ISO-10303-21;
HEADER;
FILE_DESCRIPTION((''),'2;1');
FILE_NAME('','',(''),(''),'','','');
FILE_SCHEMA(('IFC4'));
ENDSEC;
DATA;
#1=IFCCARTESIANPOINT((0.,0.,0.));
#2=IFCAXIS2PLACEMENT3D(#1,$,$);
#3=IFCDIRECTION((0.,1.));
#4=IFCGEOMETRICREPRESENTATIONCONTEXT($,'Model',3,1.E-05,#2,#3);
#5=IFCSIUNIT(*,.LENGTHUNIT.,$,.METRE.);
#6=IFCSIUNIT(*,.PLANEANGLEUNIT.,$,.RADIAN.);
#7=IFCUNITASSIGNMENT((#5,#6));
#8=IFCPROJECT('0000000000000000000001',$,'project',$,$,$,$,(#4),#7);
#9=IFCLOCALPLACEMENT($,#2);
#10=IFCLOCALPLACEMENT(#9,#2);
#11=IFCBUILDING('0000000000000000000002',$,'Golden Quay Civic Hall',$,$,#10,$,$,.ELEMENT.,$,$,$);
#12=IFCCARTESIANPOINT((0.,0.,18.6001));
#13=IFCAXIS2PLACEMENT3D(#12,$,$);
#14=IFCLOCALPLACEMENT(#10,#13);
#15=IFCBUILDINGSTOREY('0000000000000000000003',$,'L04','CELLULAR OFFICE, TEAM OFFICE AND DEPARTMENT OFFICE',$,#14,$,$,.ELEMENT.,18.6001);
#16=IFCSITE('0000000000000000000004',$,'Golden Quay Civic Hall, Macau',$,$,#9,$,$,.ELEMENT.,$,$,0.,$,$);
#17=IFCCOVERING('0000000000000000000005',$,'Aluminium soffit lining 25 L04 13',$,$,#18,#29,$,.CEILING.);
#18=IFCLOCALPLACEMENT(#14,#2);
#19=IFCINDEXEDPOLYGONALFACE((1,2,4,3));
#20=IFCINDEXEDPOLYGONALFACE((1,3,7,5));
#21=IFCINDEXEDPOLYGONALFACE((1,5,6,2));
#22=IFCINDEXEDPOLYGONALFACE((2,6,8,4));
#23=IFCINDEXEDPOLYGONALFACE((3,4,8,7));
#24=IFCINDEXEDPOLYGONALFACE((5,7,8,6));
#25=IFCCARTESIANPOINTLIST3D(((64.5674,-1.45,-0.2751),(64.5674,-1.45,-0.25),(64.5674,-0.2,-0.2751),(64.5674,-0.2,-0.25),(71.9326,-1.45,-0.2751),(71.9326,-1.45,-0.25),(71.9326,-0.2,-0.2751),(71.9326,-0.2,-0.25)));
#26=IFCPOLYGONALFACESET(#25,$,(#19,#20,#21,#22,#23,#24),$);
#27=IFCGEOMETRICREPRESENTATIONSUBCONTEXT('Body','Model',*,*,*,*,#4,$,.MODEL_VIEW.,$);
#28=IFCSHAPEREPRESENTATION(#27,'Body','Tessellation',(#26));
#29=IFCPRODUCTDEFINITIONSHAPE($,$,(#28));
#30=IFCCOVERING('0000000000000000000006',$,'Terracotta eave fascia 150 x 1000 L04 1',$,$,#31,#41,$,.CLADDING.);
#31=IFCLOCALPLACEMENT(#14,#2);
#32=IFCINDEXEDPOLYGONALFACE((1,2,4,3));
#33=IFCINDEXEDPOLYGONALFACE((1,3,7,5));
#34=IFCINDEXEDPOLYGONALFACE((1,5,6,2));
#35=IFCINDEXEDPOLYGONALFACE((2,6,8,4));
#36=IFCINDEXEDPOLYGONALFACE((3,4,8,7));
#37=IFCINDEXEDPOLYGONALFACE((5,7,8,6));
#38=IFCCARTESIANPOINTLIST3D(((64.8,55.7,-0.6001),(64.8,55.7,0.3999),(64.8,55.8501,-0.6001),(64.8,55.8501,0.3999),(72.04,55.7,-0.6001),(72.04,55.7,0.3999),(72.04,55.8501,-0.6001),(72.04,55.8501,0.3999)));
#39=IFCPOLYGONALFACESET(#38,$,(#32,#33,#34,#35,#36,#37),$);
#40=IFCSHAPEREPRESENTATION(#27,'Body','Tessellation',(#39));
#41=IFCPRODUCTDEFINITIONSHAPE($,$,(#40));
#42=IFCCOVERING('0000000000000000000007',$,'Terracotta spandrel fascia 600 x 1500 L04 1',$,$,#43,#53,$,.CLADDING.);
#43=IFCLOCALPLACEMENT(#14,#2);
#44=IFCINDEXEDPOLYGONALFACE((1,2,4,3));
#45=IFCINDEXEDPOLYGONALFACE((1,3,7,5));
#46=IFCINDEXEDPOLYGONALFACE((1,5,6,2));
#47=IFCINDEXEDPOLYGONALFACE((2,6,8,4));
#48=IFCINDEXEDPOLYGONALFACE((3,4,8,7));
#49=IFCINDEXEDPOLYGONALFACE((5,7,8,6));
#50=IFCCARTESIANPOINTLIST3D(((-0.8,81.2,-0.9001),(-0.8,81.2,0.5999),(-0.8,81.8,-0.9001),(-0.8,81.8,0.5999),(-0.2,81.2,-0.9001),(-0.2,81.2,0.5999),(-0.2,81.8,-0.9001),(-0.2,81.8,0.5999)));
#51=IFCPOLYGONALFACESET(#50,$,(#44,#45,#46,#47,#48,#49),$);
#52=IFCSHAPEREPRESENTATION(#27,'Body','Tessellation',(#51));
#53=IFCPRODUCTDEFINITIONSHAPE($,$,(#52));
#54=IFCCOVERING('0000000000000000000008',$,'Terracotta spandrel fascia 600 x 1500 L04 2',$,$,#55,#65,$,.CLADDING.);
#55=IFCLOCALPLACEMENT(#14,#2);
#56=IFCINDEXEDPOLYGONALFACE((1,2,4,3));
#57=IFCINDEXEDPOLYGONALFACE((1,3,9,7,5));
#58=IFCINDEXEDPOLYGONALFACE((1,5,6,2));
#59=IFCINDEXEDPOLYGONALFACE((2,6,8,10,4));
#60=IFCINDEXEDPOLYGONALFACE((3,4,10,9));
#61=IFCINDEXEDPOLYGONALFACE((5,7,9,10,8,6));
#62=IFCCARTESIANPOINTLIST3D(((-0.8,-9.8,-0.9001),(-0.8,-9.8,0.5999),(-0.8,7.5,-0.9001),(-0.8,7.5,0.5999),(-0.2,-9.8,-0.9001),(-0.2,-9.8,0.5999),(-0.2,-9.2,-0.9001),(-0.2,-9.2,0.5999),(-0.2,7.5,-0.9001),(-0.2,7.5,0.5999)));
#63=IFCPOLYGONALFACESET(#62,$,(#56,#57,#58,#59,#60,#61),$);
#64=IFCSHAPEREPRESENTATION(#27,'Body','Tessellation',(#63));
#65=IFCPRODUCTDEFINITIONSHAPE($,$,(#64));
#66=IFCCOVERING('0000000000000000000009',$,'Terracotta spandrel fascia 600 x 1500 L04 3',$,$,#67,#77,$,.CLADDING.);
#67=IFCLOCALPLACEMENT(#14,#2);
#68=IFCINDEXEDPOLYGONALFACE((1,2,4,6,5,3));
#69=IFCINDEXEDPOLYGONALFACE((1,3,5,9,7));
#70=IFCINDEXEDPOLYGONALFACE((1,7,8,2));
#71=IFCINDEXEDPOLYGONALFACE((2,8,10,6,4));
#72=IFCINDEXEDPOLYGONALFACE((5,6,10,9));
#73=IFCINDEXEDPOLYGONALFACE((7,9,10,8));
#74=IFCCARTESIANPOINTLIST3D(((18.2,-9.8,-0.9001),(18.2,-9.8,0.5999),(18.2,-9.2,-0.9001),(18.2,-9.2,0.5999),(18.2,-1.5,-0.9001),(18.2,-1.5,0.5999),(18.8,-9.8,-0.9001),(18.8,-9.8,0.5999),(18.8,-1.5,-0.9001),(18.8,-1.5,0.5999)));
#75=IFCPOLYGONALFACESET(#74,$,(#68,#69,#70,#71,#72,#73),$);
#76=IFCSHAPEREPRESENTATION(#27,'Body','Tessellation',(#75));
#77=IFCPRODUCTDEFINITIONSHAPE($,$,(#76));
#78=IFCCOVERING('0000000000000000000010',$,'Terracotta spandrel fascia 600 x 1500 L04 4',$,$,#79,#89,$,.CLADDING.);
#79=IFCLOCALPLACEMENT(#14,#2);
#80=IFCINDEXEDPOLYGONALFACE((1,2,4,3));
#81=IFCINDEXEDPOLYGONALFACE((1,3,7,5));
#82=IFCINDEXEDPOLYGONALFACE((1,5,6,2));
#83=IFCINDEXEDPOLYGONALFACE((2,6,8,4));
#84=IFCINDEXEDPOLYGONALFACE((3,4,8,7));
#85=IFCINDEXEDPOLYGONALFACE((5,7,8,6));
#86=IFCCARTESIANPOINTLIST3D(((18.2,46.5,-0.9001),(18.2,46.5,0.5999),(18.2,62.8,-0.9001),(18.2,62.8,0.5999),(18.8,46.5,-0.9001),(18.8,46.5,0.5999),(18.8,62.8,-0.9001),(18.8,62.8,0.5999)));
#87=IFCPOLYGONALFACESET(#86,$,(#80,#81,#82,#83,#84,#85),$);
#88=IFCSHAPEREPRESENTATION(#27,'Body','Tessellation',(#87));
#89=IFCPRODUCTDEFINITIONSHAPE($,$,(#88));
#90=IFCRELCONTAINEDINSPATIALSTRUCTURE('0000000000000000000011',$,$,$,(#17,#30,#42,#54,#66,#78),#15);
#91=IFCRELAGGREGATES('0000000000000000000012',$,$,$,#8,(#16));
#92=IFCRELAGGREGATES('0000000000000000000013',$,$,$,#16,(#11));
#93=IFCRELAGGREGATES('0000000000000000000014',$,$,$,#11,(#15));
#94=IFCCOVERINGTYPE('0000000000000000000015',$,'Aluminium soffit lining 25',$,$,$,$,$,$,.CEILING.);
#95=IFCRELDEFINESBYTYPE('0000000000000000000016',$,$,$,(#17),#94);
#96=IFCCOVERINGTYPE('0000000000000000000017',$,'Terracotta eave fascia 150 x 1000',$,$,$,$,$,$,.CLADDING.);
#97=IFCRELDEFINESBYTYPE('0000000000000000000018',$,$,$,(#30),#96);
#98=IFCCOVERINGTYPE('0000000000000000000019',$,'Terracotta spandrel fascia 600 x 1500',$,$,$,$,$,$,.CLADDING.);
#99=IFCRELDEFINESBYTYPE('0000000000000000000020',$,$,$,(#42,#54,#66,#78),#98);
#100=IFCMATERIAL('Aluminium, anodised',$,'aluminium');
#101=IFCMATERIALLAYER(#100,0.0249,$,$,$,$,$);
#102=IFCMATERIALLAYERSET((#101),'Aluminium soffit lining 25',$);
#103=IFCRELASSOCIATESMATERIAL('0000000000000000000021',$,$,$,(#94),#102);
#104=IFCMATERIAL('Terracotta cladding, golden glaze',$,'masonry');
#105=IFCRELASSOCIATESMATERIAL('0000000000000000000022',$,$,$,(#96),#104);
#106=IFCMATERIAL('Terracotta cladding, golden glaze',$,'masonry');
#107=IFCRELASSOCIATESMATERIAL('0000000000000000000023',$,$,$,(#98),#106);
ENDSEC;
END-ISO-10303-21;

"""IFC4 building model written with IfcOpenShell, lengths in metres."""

from ifc_helpers import new_model, si_unit, direction, frame, origin, place, context, subcontext, project, spatial, polyline, outline, extrude, material, layer, layer_set, type_object, element, save


model = new_model("IFC4")

# Units and contexts
model_context = context("Model", 3, precision=1e-05, world=origin(), true_north=direction((0.0, 1.0)))
body_context = subcontext(model_context, "Body", "Model", "MODEL_VIEW")
ifc_project = project(units=[si_unit("LENGTHUNIT", "METRE"), si_unit("PLANEANGLEUNIT", "RADIAN")], contexts=[model_context])

# Site, building, storey
site_placement = place(None, origin())
site = spatial("IfcSite", under=ifc_project, at=site_placement, Name="Golden Quay Civic Hall, Macau", CompositionType="ELEMENT", RefElevation=0.0)
building_placement = place(site_placement, origin())
building = spatial("IfcBuilding", under=site, at=building_placement, Name="Golden Quay Civic Hall", CompositionType="ELEMENT")
storey_placement = place(building_placement, frame((0.0, 0.0, 18.6001)))
storey = spatial("IfcBuildingStorey", under=building, at=storey_placement, Name="L04", Description="CELLULAR OFFICE, TEAM OFFICE AND DEPARTMENT OFFICE", CompositionType="ELEMENT", Elevation=18.6001)

# Coverings
ifc_material_1 = material(Name="Aluminium, anodised", Category="aluminium")
ifc_layer_1 = layer(ifc_material_1, 0.0249)
ifc_layer_set_1 = layer_set([ifc_layer_1], Name="Aluminium soffit lining 25")
covering_type_1 = type_object("IfcCoveringType", Name="Aluminium soffit lining 25", PredefinedType="CEILING", material=ifc_layer_set_1)
covering_1_placement = place(storey_placement, frame((0.0, 0.0, -0.2751)))
element("IfcCovering", 1, at=covering_1_placement, inside=storey, type_object=covering_type_1, Name="Aluminium soffit lining 25 L04 13", PredefinedType="CEILING", context=body_context, shape_type="SweptSolid", body=[
    extrude(outline(polyline([(71.9326, -0.2), (71.9326, -1.45), (64.5674, -1.45), (64.5674, -0.2), (71.9326, -0.2)])), origin(), (0.0, 0.0, 1.0), 0.0251),
])
ifc_material_2 = material(Name="Terracotta cladding, golden glaze", Category="masonry")
covering_type_2 = type_object("IfcCoveringType", Name="Terracotta eave fascia 150 x 1000", PredefinedType="CLADDING", material=ifc_material_2)
covering_2_placement = place(storey_placement, frame((0.0, 0.0, -0.6001)))
element("IfcCovering", 2, at=covering_2_placement, inside=storey, type_object=covering_type_2, Name="Terracotta eave fascia 150 x 1000 L04 1", PredefinedType="CLADDING", context=body_context, shape_type="SweptSolid", body=[
    extrude(outline(polyline([(72.04, 55.7), (64.8, 55.7), (64.8, 55.8501), (72.04, 55.8501), (72.04, 55.7)])), origin(), (0.0, 0.0, 1.0), 1.0),
])
ifc_material_3 = material(Name="Terracotta cladding, golden glaze", Category="masonry")
covering_type_3 = type_object("IfcCoveringType", Name="Terracotta spandrel fascia 600 x 1500", PredefinedType="CLADDING", material=ifc_material_3)
covering_3_placement = place(storey_placement, frame((0.0, 0.0, -0.9001)))
element("IfcCovering", 3, at=covering_3_placement, inside=storey, type_object=covering_type_3, Name="Terracotta spandrel fascia 600 x 1500 L04 1", PredefinedType="CLADDING", context=body_context, shape_type="SweptSolid", body=[
    extrude(outline(polyline([(-0.8, 81.2), (-0.8, 81.8), (-0.2, 81.8), (-0.2, 81.2), (-0.8, 81.2)])), origin(), (0.0, 0.0, 1.0), 1.5),
])
covering_4_placement = place(storey_placement, frame((0.0, 0.0, -0.9001)))
element("IfcCovering", 4, at=covering_4_placement, inside=storey, type_object=covering_type_3, Name="Terracotta spandrel fascia 600 x 1500 L04 2", PredefinedType="CLADDING", context=body_context, shape_type="SweptSolid", body=[
    extrude(outline(polyline([(-0.2, -9.2), (-0.2, -9.8), (-0.8, -9.8), (-0.8, 7.5), (-0.2, 7.5), (-0.2, -9.2)])), origin(), (0.0, 0.0, 1.0), 1.5),
])
covering_5_placement = place(storey_placement, frame((0.0, 0.0, -0.9001)))
element("IfcCovering", 5, at=covering_5_placement, inside=storey, type_object=covering_type_3, Name="Terracotta spandrel fascia 600 x 1500 L04 3", PredefinedType="CLADDING", context=body_context, shape_type="SweptSolid", body=[
    extrude(outline(polyline([(18.2, -1.5), (18.8, -1.5), (18.8, -9.8), (18.2, -9.8), (18.2, -9.2), (18.2, -1.5)])), origin(), (0.0, 0.0, 1.0), 1.5),
])
covering_6_placement = place(storey_placement, frame((0.0, 0.0, -0.9001)))
element("IfcCovering", 6, at=covering_6_placement, inside=storey, type_object=covering_type_3, Name="Terracotta spandrel fascia 600 x 1500 L04 4", PredefinedType="CLADDING", context=body_context, shape_type="SweptSolid", body=[
    extrude(outline(polyline([(18.2, 62.8), (18.8, 62.8), (18.8, 46.5), (18.2, 46.5), (18.2, 62.8)])), origin(), (0.0, 0.0, 1.0), 1.5),
])

save(model, "model.ifc")
